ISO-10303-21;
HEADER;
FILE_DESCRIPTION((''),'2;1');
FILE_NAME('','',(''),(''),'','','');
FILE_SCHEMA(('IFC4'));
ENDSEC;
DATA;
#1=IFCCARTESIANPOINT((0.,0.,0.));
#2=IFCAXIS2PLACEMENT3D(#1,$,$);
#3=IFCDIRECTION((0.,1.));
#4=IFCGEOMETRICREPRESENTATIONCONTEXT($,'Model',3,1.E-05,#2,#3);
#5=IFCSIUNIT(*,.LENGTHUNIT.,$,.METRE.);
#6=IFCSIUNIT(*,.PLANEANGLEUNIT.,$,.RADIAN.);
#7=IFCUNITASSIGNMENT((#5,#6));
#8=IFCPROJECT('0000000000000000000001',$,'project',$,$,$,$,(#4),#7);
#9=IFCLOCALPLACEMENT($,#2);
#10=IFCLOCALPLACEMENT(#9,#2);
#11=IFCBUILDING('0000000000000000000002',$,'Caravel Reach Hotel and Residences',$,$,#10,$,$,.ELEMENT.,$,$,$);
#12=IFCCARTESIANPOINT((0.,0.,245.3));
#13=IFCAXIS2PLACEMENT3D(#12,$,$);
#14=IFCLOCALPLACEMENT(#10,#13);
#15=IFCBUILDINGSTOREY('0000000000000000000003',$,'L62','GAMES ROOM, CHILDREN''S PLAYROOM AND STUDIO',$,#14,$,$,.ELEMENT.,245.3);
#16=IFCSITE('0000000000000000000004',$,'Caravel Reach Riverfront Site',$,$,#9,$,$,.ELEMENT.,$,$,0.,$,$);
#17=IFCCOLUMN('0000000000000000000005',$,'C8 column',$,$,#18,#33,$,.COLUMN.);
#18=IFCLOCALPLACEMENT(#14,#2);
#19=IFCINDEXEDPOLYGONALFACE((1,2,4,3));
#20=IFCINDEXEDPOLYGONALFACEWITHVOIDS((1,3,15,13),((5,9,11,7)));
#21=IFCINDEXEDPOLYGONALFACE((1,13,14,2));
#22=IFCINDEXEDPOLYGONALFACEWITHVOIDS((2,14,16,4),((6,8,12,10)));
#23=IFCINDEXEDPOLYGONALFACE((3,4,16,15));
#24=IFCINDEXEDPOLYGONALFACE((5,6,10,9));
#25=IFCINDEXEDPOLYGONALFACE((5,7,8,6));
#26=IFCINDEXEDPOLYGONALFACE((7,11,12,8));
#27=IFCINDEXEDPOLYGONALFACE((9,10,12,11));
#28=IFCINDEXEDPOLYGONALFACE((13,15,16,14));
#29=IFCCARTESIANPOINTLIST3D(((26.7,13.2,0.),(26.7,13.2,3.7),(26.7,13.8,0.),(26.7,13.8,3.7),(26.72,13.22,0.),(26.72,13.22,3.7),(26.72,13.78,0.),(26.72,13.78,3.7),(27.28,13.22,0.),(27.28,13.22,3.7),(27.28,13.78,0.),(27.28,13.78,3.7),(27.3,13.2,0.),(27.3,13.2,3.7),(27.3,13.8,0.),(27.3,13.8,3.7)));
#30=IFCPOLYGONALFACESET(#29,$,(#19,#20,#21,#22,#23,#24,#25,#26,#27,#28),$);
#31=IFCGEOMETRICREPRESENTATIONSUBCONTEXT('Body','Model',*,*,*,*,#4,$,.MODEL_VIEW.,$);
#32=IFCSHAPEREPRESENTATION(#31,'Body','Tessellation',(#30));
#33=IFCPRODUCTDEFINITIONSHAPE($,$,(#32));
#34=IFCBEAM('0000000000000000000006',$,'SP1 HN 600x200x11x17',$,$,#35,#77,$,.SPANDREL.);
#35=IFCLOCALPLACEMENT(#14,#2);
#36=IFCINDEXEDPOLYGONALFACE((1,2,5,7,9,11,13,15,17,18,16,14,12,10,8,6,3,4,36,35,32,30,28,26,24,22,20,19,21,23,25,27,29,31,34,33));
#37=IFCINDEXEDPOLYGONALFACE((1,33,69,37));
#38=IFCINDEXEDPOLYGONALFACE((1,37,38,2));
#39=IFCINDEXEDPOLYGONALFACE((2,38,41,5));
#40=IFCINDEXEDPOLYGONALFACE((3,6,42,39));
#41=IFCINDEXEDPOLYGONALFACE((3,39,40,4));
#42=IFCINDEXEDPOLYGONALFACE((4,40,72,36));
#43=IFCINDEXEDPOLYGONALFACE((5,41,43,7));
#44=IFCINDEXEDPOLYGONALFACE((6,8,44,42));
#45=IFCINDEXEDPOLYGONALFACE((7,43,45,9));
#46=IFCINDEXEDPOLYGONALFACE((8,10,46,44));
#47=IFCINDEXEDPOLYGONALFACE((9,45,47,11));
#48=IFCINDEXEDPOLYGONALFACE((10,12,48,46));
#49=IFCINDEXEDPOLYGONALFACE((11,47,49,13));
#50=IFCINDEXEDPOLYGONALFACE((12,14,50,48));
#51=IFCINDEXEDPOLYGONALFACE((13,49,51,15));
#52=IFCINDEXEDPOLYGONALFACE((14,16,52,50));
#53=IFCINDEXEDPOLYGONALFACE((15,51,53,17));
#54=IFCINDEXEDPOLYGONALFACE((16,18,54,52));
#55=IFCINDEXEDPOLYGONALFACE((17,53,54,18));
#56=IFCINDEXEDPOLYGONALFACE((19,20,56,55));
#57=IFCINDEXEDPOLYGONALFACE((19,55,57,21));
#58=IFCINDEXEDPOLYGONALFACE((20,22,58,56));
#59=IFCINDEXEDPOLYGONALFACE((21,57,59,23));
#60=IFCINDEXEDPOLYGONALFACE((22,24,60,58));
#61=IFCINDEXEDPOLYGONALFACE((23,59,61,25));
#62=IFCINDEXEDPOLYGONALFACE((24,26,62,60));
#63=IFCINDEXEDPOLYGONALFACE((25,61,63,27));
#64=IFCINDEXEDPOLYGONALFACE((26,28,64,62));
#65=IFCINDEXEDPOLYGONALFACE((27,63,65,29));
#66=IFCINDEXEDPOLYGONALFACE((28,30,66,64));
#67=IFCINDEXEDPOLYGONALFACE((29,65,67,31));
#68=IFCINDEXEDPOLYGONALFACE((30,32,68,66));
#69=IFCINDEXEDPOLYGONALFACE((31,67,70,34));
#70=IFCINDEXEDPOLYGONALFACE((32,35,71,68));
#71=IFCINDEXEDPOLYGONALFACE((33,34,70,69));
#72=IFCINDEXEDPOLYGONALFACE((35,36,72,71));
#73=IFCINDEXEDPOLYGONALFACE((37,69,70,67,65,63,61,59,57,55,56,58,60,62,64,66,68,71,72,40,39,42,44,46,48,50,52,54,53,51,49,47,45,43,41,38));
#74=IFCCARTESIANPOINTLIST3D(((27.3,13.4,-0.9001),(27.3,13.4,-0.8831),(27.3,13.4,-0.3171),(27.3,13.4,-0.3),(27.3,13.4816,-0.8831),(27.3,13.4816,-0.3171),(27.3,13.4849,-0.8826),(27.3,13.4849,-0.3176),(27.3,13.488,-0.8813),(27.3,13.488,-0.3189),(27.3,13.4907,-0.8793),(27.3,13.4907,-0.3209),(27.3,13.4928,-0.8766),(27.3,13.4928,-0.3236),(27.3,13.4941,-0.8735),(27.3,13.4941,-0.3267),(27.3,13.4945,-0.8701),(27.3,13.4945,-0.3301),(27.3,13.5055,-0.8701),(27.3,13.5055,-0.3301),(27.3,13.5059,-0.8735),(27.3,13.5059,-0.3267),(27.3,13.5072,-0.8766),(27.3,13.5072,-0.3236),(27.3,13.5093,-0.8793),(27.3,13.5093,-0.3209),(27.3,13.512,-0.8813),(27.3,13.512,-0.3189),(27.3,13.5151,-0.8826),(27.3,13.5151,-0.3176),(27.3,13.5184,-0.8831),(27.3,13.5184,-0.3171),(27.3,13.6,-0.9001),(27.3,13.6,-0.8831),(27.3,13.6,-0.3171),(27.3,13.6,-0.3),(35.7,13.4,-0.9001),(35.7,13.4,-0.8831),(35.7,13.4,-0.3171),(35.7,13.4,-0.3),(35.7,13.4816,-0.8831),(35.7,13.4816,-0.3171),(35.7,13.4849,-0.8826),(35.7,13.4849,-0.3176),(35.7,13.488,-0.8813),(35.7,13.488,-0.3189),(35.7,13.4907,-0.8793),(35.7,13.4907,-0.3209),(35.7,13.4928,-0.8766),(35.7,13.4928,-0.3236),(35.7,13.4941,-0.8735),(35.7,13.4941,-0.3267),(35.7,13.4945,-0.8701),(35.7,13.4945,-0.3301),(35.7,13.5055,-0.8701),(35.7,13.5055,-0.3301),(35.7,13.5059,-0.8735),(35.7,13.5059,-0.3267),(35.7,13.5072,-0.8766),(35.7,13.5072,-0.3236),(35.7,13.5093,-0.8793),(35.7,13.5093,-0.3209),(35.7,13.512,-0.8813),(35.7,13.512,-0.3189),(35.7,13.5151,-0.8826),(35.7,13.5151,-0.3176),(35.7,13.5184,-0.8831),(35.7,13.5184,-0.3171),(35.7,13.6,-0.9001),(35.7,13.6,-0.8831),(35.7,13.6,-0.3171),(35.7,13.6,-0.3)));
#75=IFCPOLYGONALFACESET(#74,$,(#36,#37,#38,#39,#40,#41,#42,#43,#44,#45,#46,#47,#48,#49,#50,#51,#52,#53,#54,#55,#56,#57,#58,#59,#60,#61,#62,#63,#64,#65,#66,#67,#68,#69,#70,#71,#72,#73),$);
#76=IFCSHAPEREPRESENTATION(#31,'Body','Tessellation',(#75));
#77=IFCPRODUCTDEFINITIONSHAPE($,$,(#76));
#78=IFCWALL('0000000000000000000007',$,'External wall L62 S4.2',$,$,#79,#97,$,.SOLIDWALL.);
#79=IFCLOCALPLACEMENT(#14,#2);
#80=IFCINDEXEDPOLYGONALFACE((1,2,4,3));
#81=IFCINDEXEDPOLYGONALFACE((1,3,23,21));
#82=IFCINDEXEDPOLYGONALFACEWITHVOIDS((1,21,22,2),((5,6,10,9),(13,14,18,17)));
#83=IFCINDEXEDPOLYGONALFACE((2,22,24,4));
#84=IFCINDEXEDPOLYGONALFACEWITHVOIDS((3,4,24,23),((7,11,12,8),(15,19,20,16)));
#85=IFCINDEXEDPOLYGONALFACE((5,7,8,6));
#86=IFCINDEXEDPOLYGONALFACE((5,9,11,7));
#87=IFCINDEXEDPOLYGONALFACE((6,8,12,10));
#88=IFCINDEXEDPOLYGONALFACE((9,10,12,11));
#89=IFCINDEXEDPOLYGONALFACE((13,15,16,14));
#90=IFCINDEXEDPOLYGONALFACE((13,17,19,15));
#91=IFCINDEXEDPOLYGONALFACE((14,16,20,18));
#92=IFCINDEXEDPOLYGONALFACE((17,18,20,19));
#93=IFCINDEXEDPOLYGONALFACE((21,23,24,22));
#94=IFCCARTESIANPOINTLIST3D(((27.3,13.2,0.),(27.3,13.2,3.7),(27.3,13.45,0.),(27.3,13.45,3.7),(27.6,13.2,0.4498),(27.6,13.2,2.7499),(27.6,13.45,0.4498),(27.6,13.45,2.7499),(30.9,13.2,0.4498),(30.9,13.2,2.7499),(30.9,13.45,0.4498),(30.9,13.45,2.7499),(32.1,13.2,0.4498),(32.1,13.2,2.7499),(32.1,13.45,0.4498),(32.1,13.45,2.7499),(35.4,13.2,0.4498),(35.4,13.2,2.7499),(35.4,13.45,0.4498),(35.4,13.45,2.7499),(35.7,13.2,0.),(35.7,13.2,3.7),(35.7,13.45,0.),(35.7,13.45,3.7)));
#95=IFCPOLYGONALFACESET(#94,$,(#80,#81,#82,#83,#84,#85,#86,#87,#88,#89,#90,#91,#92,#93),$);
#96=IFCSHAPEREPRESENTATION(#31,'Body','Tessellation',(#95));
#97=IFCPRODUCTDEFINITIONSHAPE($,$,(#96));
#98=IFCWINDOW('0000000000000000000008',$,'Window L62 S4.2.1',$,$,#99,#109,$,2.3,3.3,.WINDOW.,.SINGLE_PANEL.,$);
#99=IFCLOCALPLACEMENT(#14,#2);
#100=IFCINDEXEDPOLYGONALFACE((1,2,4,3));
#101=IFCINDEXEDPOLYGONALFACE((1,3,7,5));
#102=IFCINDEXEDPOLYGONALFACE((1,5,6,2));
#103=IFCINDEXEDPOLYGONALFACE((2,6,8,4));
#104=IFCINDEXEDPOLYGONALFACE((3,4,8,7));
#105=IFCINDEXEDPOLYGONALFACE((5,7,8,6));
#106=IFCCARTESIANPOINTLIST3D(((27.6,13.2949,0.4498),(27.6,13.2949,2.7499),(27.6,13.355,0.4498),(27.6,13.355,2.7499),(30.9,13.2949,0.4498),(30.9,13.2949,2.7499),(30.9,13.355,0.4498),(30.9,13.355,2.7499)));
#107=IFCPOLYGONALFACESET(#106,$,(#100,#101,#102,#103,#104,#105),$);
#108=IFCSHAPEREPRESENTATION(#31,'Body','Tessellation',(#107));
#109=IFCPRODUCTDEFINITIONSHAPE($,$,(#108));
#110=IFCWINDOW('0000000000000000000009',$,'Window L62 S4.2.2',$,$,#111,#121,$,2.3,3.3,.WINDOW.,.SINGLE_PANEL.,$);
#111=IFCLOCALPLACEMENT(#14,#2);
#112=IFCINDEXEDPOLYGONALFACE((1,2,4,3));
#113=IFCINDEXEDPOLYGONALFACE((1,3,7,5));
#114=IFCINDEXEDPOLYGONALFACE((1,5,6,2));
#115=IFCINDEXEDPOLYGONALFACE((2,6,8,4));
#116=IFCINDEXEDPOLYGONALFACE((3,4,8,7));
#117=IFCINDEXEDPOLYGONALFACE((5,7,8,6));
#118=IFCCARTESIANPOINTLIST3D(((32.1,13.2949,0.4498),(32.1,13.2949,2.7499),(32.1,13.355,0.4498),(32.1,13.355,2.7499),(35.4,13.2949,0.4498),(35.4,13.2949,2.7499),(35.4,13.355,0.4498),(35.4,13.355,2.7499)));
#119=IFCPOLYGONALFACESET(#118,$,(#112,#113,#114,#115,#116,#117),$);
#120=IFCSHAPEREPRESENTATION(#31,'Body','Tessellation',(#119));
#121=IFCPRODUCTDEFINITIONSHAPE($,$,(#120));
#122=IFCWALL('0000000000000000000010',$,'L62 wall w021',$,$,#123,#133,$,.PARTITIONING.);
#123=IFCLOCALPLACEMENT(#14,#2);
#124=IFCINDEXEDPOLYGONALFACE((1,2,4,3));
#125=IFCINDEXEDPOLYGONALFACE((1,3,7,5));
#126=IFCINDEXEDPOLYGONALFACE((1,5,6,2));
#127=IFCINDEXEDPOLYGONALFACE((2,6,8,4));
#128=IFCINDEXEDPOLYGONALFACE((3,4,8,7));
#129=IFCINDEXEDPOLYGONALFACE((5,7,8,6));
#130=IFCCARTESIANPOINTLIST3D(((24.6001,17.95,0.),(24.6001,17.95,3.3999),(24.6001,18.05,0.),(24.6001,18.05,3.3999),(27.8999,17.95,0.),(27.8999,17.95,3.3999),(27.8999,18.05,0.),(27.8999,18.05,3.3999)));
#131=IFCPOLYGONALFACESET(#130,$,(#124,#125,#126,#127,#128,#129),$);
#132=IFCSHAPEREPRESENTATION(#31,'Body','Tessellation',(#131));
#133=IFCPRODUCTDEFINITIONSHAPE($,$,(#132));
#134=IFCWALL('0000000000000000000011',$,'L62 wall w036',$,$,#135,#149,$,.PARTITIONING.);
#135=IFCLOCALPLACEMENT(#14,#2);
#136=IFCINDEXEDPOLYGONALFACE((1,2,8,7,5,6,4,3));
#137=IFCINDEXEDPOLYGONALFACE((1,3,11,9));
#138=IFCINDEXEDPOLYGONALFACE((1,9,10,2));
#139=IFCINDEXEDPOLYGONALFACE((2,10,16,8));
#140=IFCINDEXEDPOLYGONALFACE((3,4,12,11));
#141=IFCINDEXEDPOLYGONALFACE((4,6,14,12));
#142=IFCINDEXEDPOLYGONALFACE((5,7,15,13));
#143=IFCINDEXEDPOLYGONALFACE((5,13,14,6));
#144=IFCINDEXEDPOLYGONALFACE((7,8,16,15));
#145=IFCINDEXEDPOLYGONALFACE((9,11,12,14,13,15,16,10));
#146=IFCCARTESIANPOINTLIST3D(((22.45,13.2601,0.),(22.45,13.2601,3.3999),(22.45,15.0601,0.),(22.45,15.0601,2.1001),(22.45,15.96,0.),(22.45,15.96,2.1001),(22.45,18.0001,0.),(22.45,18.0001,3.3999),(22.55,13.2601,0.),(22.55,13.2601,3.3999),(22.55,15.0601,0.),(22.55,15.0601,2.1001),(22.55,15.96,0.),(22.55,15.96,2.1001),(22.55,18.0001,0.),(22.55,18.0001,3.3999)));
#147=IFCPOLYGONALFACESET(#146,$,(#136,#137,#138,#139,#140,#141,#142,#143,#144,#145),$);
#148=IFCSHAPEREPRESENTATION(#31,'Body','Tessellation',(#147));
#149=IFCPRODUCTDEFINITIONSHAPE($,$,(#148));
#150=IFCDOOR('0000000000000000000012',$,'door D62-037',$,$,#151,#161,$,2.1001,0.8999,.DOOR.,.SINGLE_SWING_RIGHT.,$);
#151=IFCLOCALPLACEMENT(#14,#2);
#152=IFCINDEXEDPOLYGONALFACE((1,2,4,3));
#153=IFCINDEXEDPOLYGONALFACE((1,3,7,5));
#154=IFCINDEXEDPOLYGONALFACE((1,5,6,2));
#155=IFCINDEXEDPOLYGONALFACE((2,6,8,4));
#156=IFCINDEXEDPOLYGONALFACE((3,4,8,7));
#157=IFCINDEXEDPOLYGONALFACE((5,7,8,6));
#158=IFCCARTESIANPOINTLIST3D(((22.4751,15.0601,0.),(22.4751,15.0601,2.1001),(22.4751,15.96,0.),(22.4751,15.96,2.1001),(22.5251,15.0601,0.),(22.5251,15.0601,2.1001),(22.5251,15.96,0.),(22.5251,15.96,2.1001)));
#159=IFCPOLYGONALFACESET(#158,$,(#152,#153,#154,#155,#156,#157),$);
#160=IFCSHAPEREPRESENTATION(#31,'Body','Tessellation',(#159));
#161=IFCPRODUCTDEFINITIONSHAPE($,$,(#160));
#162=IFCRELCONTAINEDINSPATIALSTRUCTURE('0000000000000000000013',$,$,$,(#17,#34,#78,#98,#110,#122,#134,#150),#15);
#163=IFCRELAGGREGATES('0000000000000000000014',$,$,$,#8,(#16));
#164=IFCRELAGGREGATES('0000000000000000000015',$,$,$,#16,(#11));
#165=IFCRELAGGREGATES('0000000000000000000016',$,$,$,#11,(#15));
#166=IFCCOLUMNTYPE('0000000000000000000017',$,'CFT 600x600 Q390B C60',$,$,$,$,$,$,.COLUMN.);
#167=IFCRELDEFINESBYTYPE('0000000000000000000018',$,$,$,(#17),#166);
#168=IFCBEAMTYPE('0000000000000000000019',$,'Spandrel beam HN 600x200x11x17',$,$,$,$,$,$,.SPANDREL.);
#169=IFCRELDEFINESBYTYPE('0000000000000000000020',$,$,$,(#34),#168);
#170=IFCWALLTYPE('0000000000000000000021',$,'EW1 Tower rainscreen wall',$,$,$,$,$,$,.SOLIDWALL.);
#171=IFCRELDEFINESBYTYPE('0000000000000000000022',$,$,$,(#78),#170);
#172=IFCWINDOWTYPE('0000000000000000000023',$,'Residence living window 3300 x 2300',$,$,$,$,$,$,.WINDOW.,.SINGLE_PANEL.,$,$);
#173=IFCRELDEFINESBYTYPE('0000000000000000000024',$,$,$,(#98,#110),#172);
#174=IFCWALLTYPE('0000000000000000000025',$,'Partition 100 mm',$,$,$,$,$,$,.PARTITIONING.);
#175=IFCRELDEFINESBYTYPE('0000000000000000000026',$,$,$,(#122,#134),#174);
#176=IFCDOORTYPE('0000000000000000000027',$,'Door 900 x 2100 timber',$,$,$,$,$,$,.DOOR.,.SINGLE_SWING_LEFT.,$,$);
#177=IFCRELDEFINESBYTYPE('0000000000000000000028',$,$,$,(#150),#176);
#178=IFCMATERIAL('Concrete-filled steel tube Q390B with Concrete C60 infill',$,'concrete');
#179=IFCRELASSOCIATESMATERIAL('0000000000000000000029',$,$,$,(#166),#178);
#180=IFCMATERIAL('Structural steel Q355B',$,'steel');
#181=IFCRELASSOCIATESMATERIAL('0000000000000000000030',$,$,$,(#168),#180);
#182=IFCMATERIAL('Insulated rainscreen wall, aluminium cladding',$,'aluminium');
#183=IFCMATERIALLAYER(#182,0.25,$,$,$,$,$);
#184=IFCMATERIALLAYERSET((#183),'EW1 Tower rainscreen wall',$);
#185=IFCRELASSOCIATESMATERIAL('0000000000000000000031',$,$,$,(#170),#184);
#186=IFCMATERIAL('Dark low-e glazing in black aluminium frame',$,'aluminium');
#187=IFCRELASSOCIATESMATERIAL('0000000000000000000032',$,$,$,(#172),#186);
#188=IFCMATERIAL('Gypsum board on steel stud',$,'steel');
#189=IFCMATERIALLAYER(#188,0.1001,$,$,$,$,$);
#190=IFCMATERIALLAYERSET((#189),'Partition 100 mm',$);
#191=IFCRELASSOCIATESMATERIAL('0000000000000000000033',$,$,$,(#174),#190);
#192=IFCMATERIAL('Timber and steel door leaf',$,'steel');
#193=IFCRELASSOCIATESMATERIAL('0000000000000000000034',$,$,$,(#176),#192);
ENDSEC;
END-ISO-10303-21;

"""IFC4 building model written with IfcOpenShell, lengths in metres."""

from ifc_helpers import new_model, si_unit, direction, frame, frame_2d, origin, origin_2d, place, context, subcontext, project, spatial, rectangle, hollow_rectangle, i_section, extrude, material, layer, layer_set, material_profile, profile_set, type_object, element, fill, save


model = new_model("IFC4")

# Units and contexts
model_context = context("Model", 3, precision=1e-05, world=origin(), true_north=direction((0.0, 1.0)))
body_context = subcontext(model_context, "Body", "Model", "MODEL_VIEW")
ifc_project = project(units=[si_unit("LENGTHUNIT", "METRE"), si_unit("PLANEANGLEUNIT", "RADIAN")], contexts=[model_context])

# Site, building, storey
site_placement = place(None, origin())
site = spatial("IfcSite", under=ifc_project, at=site_placement, Name="Caravel Reach Riverfront Site", CompositionType="ELEMENT", RefElevation=0.0)
building_placement = place(site_placement, origin())
building = spatial("IfcBuilding", under=site, at=building_placement, Name="Caravel Reach Hotel and Residences", CompositionType="ELEMENT")
storey_placement = place(building_placement, frame((0.0, 0.0, 245.3)))
storey = spatial("IfcBuildingStorey", under=building, at=storey_placement, Name="L62", Description="GAMES ROOM, CHILDREN'S PLAYROOM AND STUDIO", CompositionType="ELEMENT", Elevation=245.3)

# Column
ifc_material_1 = material(Name="Concrete-filled steel tube Q390B with Concrete C60 infill", Category="concrete")
ifc_material_profile_1 = material_profile(ifc_material_1, hollow_rectangle(XDim=0.6001, YDim=0.6001, WallThickness=0.02, at=origin_2d()), Name="RHS 600x600x20")
ifc_profile_set_1 = profile_set([ifc_material_profile_1], Name="Concrete-filled steel tube Q390B with Concrete C60 infill")
column_type = type_object("IfcColumnType", Name="CFT 600x600 Q390B C60", PredefinedType="COLUMN", material=ifc_profile_set_1)
column_placement = place(storey_placement, frame((27.0, 13.5, 0.0), z_axis=(0.0, 0.0, 1.0), x_axis=(1.0, 0.0, 0.0)))
element("IfcColumn", 1, at=column_placement, inside=storey, type_object=column_type, Name="C8 column", PredefinedType="COLUMN", context=body_context, shape_type="SweptSolid", body=[
    extrude(hollow_rectangle(XDim=0.6001, YDim=0.6001, WallThickness=0.02, at=origin_2d()), origin(), (0.0, 0.0, 1.0), 3.7),
])

# Beam
ifc_material_2 = material(Name="Structural steel Q355B", Category="steel")
ifc_material_profile_2 = material_profile(ifc_material_2, i_section(OverallWidth=0.2, OverallDepth=0.6001, WebThickness=0.011, FlangeThickness=0.0171, FilletRadius=0.0129, at=origin_2d()), Name="HN 600x200x11x17")
ifc_profile_set_2 = profile_set([ifc_material_profile_2], Name="Structural steel Q355B")
beam_type = type_object("IfcBeamType", Name="Spandrel beam HN 600x200x11x17", PredefinedType="SPANDREL", material=ifc_profile_set_2)
beam_placement = place(storey_placement, frame((27.3, 13.5, -0.6001), z_axis=(1.0, 0.0, 0.0), x_axis=(0.0, 1.0, 0.0)))
element("IfcBeam", 2, at=beam_placement, inside=storey, type_object=beam_type, Name="SP1 HN 600x200x11x17", PredefinedType="SPANDREL", context=body_context, shape_type="SweptSolid", body=[
    extrude(i_section(OverallWidth=0.2, OverallDepth=0.6001, WebThickness=0.011, FlangeThickness=0.0171, FilletRadius=0.0129, at=origin_2d()), origin(), (0.0, 0.0, 1.0), 8.3999),
])

# Wall, openings, windows
ifc_material_3 = material(Name="Insulated rainscreen wall, aluminium cladding", Category="aluminium")
ifc_layer_1 = layer(ifc_material_3, 0.25)
ifc_layer_set_1 = layer_set([ifc_layer_1], Name="EW1 Tower rainscreen wall")
wall_type_1 = type_object("IfcWallType", Name="EW1 Tower rainscreen wall", PredefinedType="SOLIDWALL", material=ifc_layer_set_1)
wall_1_placement = place(storey_placement, frame((27.3, 13.325, 0.0), z_axis=(0.0, 0.0, 1.0), x_axis=(1.0, 0.0, 0.0)))
wall_1 = element("IfcWall", 3, at=wall_1_placement, inside=storey, type_object=wall_type_1, Name="External wall L62 S4.2", PredefinedType="SOLIDWALL", context=body_context, shape_type="SweptSolid", body=[
    extrude(rectangle(XDim=8.3999, YDim=0.25, at=frame_2d((4.2, 0.0))), origin(), (0.0, 0.0, 1.0), 3.7),
])
opening_1_placement = place(wall_1_placement, frame((0.3, 0.0, 0.45)))
opening_1 = element("IfcOpeningElement", 4, at=opening_1_placement, cuts=wall_1, PredefinedType="OPENING", context=body_context, shape_type="SweptSolid", body=[
    extrude(rectangle(XDim=3.3, YDim=2.3, at=frame_2d((1.6499, 1.1499))), frame((0.0, 0.135, 0.0), z_axis=(0.0, -1.0, 0.0), x_axis=(1.0, 0.0, 0.0)), (0.0, 0.0, 1.0), 0.27),
])
opening_2_placement = place(wall_1_placement, frame((4.8, 0.0, 0.45)))
opening_2 = element("IfcOpeningElement", 5, at=opening_2_placement, cuts=wall_1, PredefinedType="OPENING", context=body_context, shape_type="SweptSolid", body=[
    extrude(rectangle(XDim=3.3, YDim=2.3, at=frame_2d((1.6499, 1.1499))), frame((0.0, 0.135, 0.0), z_axis=(0.0, -1.0, 0.0), x_axis=(1.0, 0.0, 0.0)), (0.0, 0.0, 1.0), 0.27),
])
ifc_material_4 = material(Name="Dark low-e glazing in black aluminium frame", Category="aluminium")
window_type = type_object("IfcWindowType", Name="Residence living window 3300 x 2300", PartitioningType="SINGLE_PANEL", PredefinedType="WINDOW", material=ifc_material_4)
window_1_placement = place(opening_1_placement, origin())
window_1 = element("IfcWindow", 6, at=window_1_placement, inside=storey, type_object=window_type, Name="Window L62 S4.2.1", OverallHeight=2.3, OverallWidth=3.3, PartitioningType="SINGLE_PANEL", PredefinedType="WINDOW", context=body_context, shape_type="SweptSolid", body=[
    extrude(rectangle(XDim=3.3, YDim=2.3, at=frame_2d((1.6499, 1.1499))), frame((0.0, 0.03, 0.0), z_axis=(0.0, -1.0, 0.0), x_axis=(1.0, 0.0, 0.0)), (0.0, 0.0, 1.0), 0.0601),
])
fill(opening_1, window_1)
window_2_placement = place(opening_2_placement, origin())
window_2 = element("IfcWindow", 7, at=window_2_placement, inside=storey, type_object=window_type, Name="Window L62 S4.2.2", OverallHeight=2.3, OverallWidth=3.3, PartitioningType="SINGLE_PANEL", PredefinedType="WINDOW", context=body_context, shape_type="SweptSolid", body=[
    extrude(rectangle(XDim=3.3, YDim=2.3, at=frame_2d((1.6499, 1.1499))), frame((0.0, 0.03, 0.0), z_axis=(0.0, -1.0, 0.0), x_axis=(1.0, 0.0, 0.0)), (0.0, 0.0, 1.0), 0.0601),
])
fill(opening_2, window_2)

# Wall
ifc_material_5 = material(Name="Gypsum board on steel stud", Category="steel")
ifc_layer_2 = layer(ifc_material_5, 0.1001)
ifc_layer_set_2 = layer_set([ifc_layer_2], Name="Partition 100 mm")
wall_type_2 = type_object("IfcWallType", Name="Partition 100 mm", PredefinedType="PARTITIONING", material=ifc_layer_set_2)
wall_2_placement = place(storey_placement, frame((24.6001, 18.0, 0.0), z_axis=(0.0, 0.0, 1.0), x_axis=(1.0, 0.0, 0.0)))
element("IfcWall", 8, at=wall_2_placement, inside=storey, type_object=wall_type_2, Name="L62 wall w021", PredefinedType="PARTITIONING", context=body_context, shape_type="SweptSolid", body=[
    extrude(rectangle(XDim=3.2998, YDim=0.1001, at=frame_2d((1.6499, 0.0))), origin(), (0.0, 0.0, 1.0), 3.3999),
])

# Wall, opening, door
wall_3_placement = place(storey_placement, frame((22.5, 13.26, 0.0), z_axis=(0.0, 0.0, 1.0), x_axis=(0.0, 1.0, 0.0)))
wall_3 = element("IfcWall", 9, at=wall_3_placement, inside=storey, type_object=wall_type_2, Name="L62 wall w036", PredefinedType="PARTITIONING", context=body_context, shape_type="SweptSolid", body=[
    extrude(rectangle(XDim=4.74, YDim=0.1001, at=frame_2d((2.3701, 0.0))), origin(), (0.0, 0.0, 1.0), 3.3999),
])
opening_3_placement = place(wall_3_placement, frame((1.8, 0.0, 0.0)))
opening_3 = element("IfcOpeningElement", 10, at=opening_3_placement, cuts=wall_3, PredefinedType="OPENING", context=body_context, shape_type="SweptSolid", body=[
    extrude(rectangle(XDim=0.8999, YDim=2.1001, at=frame_2d((0.45, 1.05))), frame((0.0, 0.0601, 0.0), z_axis=(0.0, -1.0, 0.0), x_axis=(1.0, 0.0, 0.0)), (0.0, 0.0, 1.0), 0.1201),
])
ifc_material_6 = material(Name="Timber and steel door leaf", Category="steel")
door_type = type_object("IfcDoorType", Name="Door 900 x 2100 timber", OperationType="SINGLE_SWING_LEFT", PredefinedType="DOOR", material=ifc_material_6)
door_1_placement = place(opening_3_placement, origin())
door_1 = element("IfcDoor", 11, at=door_1_placement, inside=storey, type_object=door_type, Name="door D62-037", OperationType="SINGLE_SWING_RIGHT", OverallHeight=2.1001, OverallWidth=0.8999, PredefinedType="DOOR", context=body_context, shape_type="SweptSolid", body=[
    extrude(rectangle(XDim=0.8999, YDim=2.1001, at=frame_2d((0.45, 1.05))), frame((0.0, 0.0249, 0.0), z_axis=(0.0, -1.0, 0.0), x_axis=(1.0, 0.0, 0.0)), (0.0, 0.0, 1.0), 0.05),
])
fill(opening_3, door_1)

save(model, "model.ifc")
